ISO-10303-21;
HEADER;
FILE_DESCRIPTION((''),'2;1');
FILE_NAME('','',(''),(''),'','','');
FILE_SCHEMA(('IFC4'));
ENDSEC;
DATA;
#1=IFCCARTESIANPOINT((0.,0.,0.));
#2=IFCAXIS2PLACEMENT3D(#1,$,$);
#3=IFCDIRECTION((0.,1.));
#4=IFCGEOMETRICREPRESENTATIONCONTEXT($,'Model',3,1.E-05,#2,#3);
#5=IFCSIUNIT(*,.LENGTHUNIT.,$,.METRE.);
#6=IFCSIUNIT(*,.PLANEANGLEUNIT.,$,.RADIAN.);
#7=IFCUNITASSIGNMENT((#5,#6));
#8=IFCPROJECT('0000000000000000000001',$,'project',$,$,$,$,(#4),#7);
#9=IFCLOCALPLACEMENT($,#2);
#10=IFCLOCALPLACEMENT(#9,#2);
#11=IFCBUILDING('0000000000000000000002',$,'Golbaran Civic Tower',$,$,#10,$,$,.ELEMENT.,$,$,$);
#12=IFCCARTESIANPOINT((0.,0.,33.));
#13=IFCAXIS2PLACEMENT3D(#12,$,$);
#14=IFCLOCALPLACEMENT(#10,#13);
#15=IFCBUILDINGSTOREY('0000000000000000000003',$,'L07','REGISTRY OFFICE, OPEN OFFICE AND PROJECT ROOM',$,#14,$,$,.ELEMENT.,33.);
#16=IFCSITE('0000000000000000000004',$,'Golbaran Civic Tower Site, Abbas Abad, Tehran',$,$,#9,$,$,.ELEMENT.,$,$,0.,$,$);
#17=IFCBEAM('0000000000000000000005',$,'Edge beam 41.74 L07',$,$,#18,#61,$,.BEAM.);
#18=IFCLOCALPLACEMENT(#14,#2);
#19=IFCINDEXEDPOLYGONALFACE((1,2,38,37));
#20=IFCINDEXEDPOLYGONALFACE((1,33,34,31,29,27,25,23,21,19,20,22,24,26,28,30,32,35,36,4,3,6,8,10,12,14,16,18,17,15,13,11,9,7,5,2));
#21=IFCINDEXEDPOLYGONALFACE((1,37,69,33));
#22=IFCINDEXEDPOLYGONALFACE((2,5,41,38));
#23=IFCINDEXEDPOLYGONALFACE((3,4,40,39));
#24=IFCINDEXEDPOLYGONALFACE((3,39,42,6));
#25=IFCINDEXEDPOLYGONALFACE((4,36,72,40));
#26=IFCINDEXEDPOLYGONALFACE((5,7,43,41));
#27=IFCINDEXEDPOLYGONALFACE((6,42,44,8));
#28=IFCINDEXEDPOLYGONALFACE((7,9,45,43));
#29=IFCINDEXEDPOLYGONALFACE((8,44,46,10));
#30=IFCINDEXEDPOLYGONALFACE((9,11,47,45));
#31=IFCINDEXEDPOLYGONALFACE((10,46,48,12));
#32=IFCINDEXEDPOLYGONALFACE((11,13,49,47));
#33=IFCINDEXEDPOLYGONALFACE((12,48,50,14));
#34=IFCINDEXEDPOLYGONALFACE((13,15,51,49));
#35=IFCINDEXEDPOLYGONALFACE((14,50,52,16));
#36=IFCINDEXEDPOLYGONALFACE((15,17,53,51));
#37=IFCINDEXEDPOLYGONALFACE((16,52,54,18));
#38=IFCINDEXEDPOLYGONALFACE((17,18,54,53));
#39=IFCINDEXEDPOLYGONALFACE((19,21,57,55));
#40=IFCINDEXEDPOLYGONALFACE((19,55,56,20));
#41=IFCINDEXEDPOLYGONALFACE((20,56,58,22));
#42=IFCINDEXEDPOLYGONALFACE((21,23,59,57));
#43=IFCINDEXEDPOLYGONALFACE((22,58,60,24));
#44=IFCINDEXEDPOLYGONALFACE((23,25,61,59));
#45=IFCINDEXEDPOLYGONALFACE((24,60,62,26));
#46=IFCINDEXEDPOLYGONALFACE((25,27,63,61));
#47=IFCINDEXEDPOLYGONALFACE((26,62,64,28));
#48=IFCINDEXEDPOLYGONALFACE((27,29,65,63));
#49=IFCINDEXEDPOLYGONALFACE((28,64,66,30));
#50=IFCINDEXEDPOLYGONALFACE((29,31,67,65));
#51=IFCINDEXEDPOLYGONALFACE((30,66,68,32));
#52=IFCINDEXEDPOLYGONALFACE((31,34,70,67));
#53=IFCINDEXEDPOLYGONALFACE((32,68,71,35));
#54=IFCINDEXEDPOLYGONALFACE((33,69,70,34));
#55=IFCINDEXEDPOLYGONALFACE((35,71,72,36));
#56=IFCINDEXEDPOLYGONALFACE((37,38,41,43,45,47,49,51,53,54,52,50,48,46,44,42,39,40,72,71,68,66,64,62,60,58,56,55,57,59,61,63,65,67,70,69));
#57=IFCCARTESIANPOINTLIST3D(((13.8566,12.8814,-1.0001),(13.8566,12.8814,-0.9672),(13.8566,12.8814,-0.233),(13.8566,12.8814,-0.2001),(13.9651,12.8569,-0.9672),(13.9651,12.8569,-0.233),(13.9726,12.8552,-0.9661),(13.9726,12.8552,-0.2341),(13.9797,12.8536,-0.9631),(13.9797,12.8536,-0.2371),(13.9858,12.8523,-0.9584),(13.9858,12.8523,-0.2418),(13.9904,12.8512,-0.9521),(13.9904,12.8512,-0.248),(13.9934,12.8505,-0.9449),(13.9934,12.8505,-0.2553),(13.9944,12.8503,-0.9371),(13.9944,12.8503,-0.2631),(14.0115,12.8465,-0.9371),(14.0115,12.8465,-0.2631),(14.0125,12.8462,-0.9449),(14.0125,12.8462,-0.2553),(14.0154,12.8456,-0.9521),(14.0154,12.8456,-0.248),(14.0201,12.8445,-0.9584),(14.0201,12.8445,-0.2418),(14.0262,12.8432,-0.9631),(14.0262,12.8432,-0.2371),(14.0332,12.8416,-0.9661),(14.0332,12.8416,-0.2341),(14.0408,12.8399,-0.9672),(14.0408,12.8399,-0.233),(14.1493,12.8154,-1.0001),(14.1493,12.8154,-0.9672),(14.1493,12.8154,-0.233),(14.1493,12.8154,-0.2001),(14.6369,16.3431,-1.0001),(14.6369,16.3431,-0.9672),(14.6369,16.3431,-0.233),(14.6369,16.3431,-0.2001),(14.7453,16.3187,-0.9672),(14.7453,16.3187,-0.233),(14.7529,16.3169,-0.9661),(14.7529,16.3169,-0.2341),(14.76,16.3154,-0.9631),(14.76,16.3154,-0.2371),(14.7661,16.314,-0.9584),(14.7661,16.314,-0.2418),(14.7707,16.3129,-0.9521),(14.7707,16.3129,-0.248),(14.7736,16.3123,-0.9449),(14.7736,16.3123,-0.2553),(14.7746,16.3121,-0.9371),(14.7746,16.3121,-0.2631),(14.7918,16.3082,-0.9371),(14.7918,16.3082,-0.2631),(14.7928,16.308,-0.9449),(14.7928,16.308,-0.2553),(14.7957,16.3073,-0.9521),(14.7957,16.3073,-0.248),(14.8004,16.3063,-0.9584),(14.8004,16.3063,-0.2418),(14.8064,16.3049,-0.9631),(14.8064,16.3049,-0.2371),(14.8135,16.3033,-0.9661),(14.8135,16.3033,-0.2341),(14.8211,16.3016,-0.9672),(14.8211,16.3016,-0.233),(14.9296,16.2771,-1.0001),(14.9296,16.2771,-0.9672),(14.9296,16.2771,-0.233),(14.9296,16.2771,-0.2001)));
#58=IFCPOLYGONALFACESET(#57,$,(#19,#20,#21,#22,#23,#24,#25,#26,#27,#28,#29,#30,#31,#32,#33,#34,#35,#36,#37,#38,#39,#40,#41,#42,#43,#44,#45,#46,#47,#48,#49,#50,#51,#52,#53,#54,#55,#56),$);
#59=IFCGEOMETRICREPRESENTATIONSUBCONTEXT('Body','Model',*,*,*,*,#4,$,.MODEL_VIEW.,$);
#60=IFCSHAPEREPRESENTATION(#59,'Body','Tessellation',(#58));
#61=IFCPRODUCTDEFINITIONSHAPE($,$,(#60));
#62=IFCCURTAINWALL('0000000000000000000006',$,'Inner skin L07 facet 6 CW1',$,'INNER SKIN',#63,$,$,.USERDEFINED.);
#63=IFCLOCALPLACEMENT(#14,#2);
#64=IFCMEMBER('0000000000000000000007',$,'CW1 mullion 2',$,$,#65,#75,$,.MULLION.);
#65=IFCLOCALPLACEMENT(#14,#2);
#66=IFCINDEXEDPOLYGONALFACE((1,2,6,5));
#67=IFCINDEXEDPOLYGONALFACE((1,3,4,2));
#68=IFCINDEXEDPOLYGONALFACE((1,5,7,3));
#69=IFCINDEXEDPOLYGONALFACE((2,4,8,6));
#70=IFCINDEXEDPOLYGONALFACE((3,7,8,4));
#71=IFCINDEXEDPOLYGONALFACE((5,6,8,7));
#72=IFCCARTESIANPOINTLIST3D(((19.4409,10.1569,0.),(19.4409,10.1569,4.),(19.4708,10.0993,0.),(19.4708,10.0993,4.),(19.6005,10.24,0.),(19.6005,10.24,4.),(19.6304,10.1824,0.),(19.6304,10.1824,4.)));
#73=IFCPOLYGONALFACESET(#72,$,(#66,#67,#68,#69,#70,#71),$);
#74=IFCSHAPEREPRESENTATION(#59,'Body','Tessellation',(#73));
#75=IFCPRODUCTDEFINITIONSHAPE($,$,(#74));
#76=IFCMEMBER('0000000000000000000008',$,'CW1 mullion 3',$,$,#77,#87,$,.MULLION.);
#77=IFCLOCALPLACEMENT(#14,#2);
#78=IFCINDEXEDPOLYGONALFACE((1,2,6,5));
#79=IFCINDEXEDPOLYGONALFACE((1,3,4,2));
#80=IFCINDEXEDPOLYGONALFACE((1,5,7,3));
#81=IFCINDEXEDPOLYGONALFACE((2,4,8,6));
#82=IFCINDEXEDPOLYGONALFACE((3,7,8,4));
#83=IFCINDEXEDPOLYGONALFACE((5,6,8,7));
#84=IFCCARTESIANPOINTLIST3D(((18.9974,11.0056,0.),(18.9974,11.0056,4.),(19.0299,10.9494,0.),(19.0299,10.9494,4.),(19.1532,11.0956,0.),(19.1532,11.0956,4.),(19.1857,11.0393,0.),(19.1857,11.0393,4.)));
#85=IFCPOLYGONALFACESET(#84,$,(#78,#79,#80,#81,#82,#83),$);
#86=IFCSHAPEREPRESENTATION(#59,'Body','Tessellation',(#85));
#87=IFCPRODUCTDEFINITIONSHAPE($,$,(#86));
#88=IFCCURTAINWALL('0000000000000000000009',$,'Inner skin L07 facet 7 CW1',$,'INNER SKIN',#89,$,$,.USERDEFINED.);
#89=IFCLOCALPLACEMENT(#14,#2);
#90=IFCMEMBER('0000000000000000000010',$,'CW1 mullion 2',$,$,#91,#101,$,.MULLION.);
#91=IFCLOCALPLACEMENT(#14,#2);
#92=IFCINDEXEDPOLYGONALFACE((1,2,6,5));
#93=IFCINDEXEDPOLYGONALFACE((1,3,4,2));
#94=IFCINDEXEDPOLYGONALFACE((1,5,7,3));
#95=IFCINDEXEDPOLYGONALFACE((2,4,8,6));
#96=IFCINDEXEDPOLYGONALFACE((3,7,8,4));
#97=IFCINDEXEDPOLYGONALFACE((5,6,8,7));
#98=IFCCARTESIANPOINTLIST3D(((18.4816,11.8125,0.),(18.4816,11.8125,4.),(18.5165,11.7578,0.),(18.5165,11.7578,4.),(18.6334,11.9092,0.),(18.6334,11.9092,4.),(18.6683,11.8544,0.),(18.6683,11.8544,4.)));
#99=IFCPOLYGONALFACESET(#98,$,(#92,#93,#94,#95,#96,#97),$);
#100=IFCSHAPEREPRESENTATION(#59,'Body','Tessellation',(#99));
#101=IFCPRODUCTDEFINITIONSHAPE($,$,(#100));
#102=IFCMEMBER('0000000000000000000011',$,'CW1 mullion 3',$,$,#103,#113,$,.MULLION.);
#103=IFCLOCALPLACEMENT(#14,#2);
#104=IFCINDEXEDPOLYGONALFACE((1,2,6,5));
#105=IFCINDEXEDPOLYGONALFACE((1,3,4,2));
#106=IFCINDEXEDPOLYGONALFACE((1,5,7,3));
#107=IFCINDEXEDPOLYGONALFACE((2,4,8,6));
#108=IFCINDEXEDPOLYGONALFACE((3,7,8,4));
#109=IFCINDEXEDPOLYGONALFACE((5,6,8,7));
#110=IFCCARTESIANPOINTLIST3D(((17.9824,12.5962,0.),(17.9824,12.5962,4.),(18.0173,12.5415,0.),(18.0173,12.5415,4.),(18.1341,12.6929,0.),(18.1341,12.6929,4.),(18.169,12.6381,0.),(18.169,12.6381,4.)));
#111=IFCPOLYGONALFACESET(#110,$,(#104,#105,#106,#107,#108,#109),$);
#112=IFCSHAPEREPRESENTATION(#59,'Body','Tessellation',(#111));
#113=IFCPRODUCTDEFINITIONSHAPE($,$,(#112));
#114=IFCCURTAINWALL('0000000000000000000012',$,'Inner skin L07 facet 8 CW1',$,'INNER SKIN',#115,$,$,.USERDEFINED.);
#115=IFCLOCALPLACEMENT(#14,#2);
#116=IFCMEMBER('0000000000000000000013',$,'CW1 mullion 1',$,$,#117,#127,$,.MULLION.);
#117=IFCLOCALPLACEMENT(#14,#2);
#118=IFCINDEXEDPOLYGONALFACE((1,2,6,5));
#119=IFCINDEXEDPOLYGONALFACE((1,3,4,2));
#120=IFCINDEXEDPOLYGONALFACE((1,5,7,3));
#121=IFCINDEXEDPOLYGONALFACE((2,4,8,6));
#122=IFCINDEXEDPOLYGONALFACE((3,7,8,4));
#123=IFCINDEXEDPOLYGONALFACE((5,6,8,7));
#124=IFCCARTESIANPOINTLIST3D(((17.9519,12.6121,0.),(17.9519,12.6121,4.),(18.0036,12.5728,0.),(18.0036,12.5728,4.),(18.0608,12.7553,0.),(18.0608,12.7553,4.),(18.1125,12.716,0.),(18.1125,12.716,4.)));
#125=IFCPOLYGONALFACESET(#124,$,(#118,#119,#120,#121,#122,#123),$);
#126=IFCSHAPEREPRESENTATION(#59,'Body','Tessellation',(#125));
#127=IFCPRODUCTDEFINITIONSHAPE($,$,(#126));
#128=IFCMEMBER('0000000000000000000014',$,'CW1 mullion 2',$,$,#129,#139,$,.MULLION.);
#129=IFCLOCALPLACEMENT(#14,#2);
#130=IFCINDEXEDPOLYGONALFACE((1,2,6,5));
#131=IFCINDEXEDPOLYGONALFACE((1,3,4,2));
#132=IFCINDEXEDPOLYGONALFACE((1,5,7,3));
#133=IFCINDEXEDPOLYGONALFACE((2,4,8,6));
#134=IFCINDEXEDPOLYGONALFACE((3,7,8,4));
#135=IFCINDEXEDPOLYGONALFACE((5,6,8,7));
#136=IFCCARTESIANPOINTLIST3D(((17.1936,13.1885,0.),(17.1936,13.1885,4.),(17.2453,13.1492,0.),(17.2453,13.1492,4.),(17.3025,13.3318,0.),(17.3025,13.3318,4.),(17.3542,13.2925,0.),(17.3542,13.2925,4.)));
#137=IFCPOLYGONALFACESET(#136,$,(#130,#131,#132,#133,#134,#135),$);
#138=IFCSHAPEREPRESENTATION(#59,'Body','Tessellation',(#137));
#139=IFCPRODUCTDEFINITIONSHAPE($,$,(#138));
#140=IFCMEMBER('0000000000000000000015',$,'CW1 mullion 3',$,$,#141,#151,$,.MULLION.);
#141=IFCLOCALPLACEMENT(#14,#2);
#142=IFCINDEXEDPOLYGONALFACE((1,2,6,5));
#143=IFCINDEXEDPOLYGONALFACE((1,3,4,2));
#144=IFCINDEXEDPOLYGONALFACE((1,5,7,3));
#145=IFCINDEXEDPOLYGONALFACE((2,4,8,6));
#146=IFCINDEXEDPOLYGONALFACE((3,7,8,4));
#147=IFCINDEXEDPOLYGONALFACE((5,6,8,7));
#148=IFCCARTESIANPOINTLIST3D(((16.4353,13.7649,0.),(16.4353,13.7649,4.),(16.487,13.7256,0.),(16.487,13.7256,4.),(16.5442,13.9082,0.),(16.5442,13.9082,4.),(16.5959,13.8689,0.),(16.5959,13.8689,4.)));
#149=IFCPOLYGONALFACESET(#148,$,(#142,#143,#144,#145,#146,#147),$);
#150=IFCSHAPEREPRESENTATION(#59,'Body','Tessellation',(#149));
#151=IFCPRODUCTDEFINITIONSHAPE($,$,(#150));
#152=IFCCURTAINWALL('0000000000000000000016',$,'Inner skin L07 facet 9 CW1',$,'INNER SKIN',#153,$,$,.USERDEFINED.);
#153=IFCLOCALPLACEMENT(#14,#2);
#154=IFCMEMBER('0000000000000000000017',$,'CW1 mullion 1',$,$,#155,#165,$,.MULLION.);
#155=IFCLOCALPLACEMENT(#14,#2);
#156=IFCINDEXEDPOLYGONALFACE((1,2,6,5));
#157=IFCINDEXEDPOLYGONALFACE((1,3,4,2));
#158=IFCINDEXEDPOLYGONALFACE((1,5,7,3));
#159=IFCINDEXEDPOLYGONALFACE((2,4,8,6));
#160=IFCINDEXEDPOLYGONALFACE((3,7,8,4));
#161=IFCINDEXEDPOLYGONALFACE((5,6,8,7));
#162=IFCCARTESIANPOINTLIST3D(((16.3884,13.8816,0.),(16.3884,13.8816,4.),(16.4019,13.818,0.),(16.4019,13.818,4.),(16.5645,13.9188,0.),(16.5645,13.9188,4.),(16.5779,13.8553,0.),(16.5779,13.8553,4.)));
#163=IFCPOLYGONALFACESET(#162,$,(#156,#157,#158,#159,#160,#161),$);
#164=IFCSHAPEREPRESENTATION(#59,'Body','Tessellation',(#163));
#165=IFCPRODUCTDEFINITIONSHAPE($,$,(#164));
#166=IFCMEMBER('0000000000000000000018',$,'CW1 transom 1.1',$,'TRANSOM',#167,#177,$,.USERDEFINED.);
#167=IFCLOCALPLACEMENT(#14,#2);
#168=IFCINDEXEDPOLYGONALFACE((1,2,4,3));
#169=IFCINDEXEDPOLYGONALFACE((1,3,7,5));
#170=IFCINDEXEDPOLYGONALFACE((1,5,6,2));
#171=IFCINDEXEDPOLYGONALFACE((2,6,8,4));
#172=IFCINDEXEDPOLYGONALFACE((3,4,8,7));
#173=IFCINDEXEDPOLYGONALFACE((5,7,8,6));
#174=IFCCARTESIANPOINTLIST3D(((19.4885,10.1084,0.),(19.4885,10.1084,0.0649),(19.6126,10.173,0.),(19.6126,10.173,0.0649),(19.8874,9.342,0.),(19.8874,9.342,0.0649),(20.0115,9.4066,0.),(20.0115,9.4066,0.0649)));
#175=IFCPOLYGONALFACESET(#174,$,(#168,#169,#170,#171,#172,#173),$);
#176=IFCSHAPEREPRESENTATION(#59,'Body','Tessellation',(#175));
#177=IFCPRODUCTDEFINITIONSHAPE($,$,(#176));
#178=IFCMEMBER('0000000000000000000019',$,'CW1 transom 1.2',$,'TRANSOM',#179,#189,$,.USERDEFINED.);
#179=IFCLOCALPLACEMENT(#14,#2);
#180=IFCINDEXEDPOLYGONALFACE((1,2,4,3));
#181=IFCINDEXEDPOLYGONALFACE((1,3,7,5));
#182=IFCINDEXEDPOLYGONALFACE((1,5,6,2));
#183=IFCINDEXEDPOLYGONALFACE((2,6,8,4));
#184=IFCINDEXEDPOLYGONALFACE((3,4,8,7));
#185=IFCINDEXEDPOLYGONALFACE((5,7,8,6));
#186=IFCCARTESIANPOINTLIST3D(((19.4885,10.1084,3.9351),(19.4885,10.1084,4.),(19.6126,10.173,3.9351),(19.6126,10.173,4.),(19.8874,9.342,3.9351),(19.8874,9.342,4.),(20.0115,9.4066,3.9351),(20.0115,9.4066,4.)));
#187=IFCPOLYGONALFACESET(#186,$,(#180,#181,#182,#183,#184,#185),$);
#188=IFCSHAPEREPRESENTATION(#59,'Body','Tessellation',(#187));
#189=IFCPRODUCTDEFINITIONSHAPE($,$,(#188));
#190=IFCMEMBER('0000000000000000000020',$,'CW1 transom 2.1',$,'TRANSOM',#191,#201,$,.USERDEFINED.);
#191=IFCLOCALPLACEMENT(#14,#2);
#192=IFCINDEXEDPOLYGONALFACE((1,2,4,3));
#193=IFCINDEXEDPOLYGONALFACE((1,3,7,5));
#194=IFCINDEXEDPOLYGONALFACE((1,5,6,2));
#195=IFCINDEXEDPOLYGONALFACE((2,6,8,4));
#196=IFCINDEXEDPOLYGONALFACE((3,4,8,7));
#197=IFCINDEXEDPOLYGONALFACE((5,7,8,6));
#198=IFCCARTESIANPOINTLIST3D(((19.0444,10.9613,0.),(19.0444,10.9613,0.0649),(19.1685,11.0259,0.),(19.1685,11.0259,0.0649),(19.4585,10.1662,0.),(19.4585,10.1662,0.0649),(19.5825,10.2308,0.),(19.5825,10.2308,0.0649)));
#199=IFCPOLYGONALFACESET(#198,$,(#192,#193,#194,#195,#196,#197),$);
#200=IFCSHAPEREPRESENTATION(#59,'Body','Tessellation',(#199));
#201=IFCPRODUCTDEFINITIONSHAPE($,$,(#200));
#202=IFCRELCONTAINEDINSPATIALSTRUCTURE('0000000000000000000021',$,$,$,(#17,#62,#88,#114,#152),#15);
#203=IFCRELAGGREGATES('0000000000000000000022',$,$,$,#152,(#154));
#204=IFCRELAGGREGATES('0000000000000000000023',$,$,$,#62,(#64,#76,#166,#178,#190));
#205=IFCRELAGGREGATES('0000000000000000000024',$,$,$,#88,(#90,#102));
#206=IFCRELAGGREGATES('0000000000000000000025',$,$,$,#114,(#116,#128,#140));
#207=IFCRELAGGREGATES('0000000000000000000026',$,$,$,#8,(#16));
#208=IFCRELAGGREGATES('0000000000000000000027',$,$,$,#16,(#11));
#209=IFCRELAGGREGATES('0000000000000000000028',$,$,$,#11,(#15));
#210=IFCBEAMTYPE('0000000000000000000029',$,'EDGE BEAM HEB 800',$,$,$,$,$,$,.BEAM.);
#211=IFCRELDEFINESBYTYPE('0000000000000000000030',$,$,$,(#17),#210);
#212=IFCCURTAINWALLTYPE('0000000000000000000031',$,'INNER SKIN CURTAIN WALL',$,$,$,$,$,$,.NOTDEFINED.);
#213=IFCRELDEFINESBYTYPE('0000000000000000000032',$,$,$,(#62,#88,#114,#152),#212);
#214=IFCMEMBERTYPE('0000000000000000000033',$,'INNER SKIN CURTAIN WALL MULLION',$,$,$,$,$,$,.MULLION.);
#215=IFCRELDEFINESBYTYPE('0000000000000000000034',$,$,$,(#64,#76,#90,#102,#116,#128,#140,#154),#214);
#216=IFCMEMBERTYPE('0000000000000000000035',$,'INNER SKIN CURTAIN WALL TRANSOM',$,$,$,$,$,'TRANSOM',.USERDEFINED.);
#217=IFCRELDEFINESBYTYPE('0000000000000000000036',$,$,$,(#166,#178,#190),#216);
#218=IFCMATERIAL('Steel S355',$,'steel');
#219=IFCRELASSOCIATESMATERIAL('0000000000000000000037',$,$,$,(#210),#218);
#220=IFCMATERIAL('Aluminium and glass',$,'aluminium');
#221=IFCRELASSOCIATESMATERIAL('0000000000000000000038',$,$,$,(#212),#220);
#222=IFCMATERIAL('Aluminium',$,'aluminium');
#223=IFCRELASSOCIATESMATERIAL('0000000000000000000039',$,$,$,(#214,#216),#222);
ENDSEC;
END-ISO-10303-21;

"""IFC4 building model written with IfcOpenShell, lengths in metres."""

from ifc_helpers import new_model, si_unit, direction, frame, origin, origin_2d, place, context, subcontext, project, spatial, rectangle, i_section, extrude, material, material_profile, profile_set, type_object, element, aggregate, save


model = new_model("IFC4")

# Units and contexts
model_context = context("Model", 3, precision=1e-05, world=origin(), true_north=direction((0.0, 1.0)))
body_context = subcontext(model_context, "Body", "Model", "MODEL_VIEW")
ifc_project = project(units=[si_unit("LENGTHUNIT", "METRE"), si_unit("PLANEANGLEUNIT", "RADIAN")], contexts=[model_context])

# Site, building, storey
site_placement = place(None, origin())
site = spatial("IfcSite", under=ifc_project, at=site_placement, Name="Golbaran Civic Tower Site, Abbas Abad, Tehran", CompositionType="ELEMENT", RefElevation=0.0)
building_placement = place(site_placement, origin())
building = spatial("IfcBuilding", under=site, at=building_placement, Name="Golbaran Civic Tower", CompositionType="ELEMENT")
storey_placement = place(building_placement, frame((0.0, 0.0, 33.0)))
storey = spatial("IfcBuildingStorey", under=building, at=storey_placement, Name="L07", Description="REGISTRY OFFICE, OPEN OFFICE AND PROJECT ROOM", CompositionType="ELEMENT", Elevation=33.0)

# Beam
ifc_material_1 = material(Name="Steel S355", Category="steel")
ifc_material_profile_1 = material_profile(ifc_material_1, i_section(OverallWidth=0.3, OverallDepth=0.8, WebThickness=0.0176, FlangeThickness=0.033, FilletRadius=0.03, at=origin_2d()), Name="HEB 800")
ifc_profile_set_1 = profile_set([ifc_material_profile_1], Name="Steel S355")
beam_type = type_object("IfcBeamType", Name="EDGE BEAM HEB 800", PredefinedType="BEAM", material=ifc_profile_set_1)
beam_placement = place(storey_placement, frame((14.0029, 12.8484, -0.6001), z_axis=(0.219887, 0.975525, 0.0), x_axis=(-0.975525, 0.219887, 0.0)))
element("IfcBeam", 1, at=beam_placement, inside=storey, type_object=beam_type, Name="Edge beam 41.74 L07", PredefinedType="BEAM", context=body_context, shape_type="SweptSolid", body=[
    extrude(i_section(OverallWidth=0.3, OverallDepth=0.8, WebThickness=0.0176, FlangeThickness=0.033, FilletRadius=0.03, at=origin_2d()), origin(), (0.0, 0.0, 1.0), 3.5486),
])

# Curtain walls, members
ifc_material_2 = material(Name="Aluminium and glass", Category="aluminium")
curtain_wall_type = type_object("IfcCurtainWallType", Name="INNER SKIN CURTAIN WALL", PredefinedType="NOTDEFINED", material=ifc_material_2)
curtain_wall_1_placement = place(storey_placement, origin())
curtain_wall_1 = element("IfcCurtainWall", 2, at=curtain_wall_1_placement, inside=storey, type_object=curtain_wall_type, Name="Inner skin L07 facet 6 CW1", ObjectType="INNER SKIN", PredefinedType="USERDEFINED")
ifc_material_3 = material(Name="Aluminium", Category="aluminium")
ifc_material_profile_2 = material_profile(ifc_material_3, rectangle(XDim=0.1799, YDim=0.0649, at=origin_2d()), Name="INNER SKIN CURTAIN WALL MULLION")
ifc_profile_set_2 = profile_set([ifc_material_profile_2], Name="Aluminium")
member_type_1 = type_object("IfcMemberType", Name="INNER SKIN CURTAIN WALL MULLION", PredefinedType="MULLION", material=ifc_profile_set_2)
member_1_placement = place(storey_placement, frame((19.5356, 10.1697, 0.0), z_axis=(0.0, 0.0, 1.0), x_axis=(-0.887011, -0.461749, 0.0)))
member_1 = element("IfcMember", 3, at=member_1_placement, type_object=member_type_1, Name="CW1 mullion 2", PredefinedType="MULLION", context=body_context, shape_type="SweptSolid", body=[
    extrude(rectangle(XDim=0.1799, YDim=0.0649, at=origin_2d()), origin(), (0.0, 0.0, 1.0), 4.0),
])
member_2_placement = place(storey_placement, frame((19.0916, 11.0225, 0.0), z_axis=(0.0, 0.0, 1.0), x_axis=(-0.866025, -0.5, 0.0)))
member_2 = element("IfcMember", 4, at=member_2_placement, type_object=member_type_1, Name="CW1 mullion 3", PredefinedType="MULLION", context=body_context, shape_type="SweptSolid", body=[
    extrude(rectangle(XDim=0.1799, YDim=0.0649, at=origin_2d()), origin(), (0.0, 0.0, 1.0), 4.0),
])
curtain_wall_2_placement = place(storey_placement, origin())
curtain_wall_2 = element("IfcCurtainWall", 5, at=curtain_wall_2_placement, inside=storey, type_object=curtain_wall_type, Name="Inner skin L07 facet 7 CW1", ObjectType="INNER SKIN", PredefinedType="USERDEFINED")
member_3_placement = place(storey_placement, frame((18.575, 11.8335, 0.0), z_axis=(0.0, 0.0, 1.0), x_axis=(-0.843391, -0.5373, 0.0)))
member_3 = element("IfcMember", 6, at=member_3_placement, type_object=member_type_1, Name="CW1 mullion 2", PredefinedType="MULLION", context=body_context, shape_type="SweptSolid", body=[
    extrude(rectangle(XDim=0.1799, YDim=0.0649, at=origin_2d()), origin(), (0.0, 0.0, 1.0), 4.0),
])
member_4_placement = place(storey_placement, frame((18.0757, 12.6172, 0.0), z_axis=(0.0, 0.0, 1.0), x_axis=(-0.843391, -0.5373, 0.0)))
member_4 = element("IfcMember", 7, at=member_4_placement, type_object=member_type_1, Name="CW1 mullion 3", PredefinedType="MULLION", context=body_context, shape_type="SweptSolid", body=[
    extrude(rectangle(XDim=0.1799, YDim=0.0649, at=origin_2d()), origin(), (0.0, 0.0, 1.0), 4.0),
])
curtain_wall_3_placement = place(storey_placement, origin())
curtain_wall_3 = element("IfcCurtainWall", 8, at=curtain_wall_3_placement, inside=storey, type_object=curtain_wall_type, Name="Inner skin L07 facet 8 CW1", ObjectType="INNER SKIN", PredefinedType="USERDEFINED")
member_5_placement = place(storey_placement, frame((18.0322, 12.6641, 0.0), z_axis=(0.0, 0.0, 1.0), x_axis=(-0.605154, -0.796108, 0.0)))
member_5 = element("IfcMember", 9, at=member_5_placement, type_object=member_type_1, Name="CW1 mullion 1", PredefinedType="MULLION", context=body_context, shape_type="SweptSolid", body=[
    extrude(rectangle(XDim=0.1799, YDim=0.0649, at=origin_2d()), origin(), (0.0, 0.0, 1.0), 4.0),
])
member_6_placement = place(storey_placement, frame((17.2739, 13.2405, 0.0), z_axis=(0.0, 0.0, 1.0), x_axis=(-0.605154, -0.796108, 0.0)))
member_6 = element("IfcMember", 10, at=member_6_placement, type_object=member_type_1, Name="CW1 mullion 2", PredefinedType="MULLION", context=body_context, shape_type="SweptSolid", body=[
    extrude(rectangle(XDim=0.1799, YDim=0.0649, at=origin_2d()), origin(), (0.0, 0.0, 1.0), 4.0),
])
member_7_placement = place(storey_placement, frame((16.5156, 13.8169, 0.0), z_axis=(0.0, 0.0, 1.0), x_axis=(-0.605154, -0.796108, 0.0)))
member_7 = element("IfcMember", 11, at=member_7_placement, type_object=member_type_1, Name="CW1 mullion 3", PredefinedType="MULLION", context=body_context, shape_type="SweptSolid", body=[
    extrude(rectangle(XDim=0.1799, YDim=0.0649, at=origin_2d()), origin(), (0.0, 0.0, 1.0), 4.0),
])

# Curtain wall, member
curtain_wall_4_placement = place(storey_placement, origin())
curtain_wall_4 = element("IfcCurtainWall", 12, at=curtain_wall_4_placement, inside=storey, type_object=curtain_wall_type, Name="Inner skin L07 facet 9 CW1", ObjectType="INNER SKIN", PredefinedType="USERDEFINED")
member_8_placement = place(storey_placement, frame((16.4832, 13.8684, 0.0), z_axis=(0.0, 0.0, 1.0), x_axis=(-0.978346, -0.206977, 0.0)))
member_8 = element("IfcMember", 13, at=member_8_placement, type_object=member_type_1, Name="CW1 mullion 1", PredefinedType="MULLION", context=body_context, shape_type="SweptSolid", body=[
    extrude(rectangle(XDim=0.1799, YDim=0.0649, at=origin_2d()), origin(), (0.0, 0.0, 1.0), 4.0),
])
aggregate(curtain_wall_4, [member_8])

# Members
ifc_material_profile_3 = material_profile(ifc_material_3, rectangle(XDim=0.1399, YDim=0.0649, at=origin_2d()), Name="INNER SKIN CURTAIN WALL TRANSOM")
ifc_profile_set_3 = profile_set([ifc_material_profile_3], Name="Aluminium")
member_type_2 = type_object("IfcMemberType", Name="INNER SKIN CURTAIN WALL TRANSOM", ElementType="TRANSOM", PredefinedType="USERDEFINED", material=ifc_profile_set_3)
member_9_placement = place(storey_placement, frame((19.9495, 9.3743, 0.0325), z_axis=(-0.461735, 0.887018, 0.0), x_axis=(-0.887018, -0.461735, 0.0)))
member_9 = element("IfcMember", 14, at=member_9_placement, type_object=member_type_2, Name="CW1 transom 1.1", ObjectType="TRANSOM", PredefinedType="USERDEFINED", context=body_context, shape_type="SweptSolid", body=[
    extrude(rectangle(XDim=0.1399, YDim=0.0649, at=origin_2d()), origin(), (0.0, 0.0, 1.0), 0.864),
])
member_10_placement = place(storey_placement, frame((19.9495, 9.3743, 3.9675), z_axis=(-0.461735, 0.887018, 0.0), x_axis=(-0.887018, -0.461735, 0.0)))
member_10 = element("IfcMember", 15, at=member_10_placement, type_object=member_type_2, Name="CW1 transom 1.2", ObjectType="TRANSOM", PredefinedType="USERDEFINED", context=body_context, shape_type="SweptSolid", body=[
    extrude(rectangle(XDim=0.1399, YDim=0.0649, at=origin_2d()), origin(), (0.0, 0.0, 1.0), 0.864),
])
member_11_placement = place(storey_placement, frame((19.5205, 10.1985, 0.0325), z_axis=(-0.461859, 0.886954, 0.0), x_axis=(-0.886954, -0.461859, 0.0)))
member_11 = element("IfcMember", 16, at=member_11_placement, type_object=member_type_2, Name="CW1 transom 2.1", ObjectType="TRANSOM", PredefinedType="USERDEFINED", context=body_context, shape_type="SweptSolid", body=[
    extrude(rectangle(XDim=0.1399, YDim=0.0649, at=origin_2d()), origin(), (0.0, 0.0, 1.0), 0.8965),
])

aggregate(curtain_wall_1, [member_1, member_2, member_9, member_10, member_11])
aggregate(curtain_wall_2, [member_3, member_4])
aggregate(curtain_wall_3, [member_5, member_6, member_7])

save(model, "model.ifc")
